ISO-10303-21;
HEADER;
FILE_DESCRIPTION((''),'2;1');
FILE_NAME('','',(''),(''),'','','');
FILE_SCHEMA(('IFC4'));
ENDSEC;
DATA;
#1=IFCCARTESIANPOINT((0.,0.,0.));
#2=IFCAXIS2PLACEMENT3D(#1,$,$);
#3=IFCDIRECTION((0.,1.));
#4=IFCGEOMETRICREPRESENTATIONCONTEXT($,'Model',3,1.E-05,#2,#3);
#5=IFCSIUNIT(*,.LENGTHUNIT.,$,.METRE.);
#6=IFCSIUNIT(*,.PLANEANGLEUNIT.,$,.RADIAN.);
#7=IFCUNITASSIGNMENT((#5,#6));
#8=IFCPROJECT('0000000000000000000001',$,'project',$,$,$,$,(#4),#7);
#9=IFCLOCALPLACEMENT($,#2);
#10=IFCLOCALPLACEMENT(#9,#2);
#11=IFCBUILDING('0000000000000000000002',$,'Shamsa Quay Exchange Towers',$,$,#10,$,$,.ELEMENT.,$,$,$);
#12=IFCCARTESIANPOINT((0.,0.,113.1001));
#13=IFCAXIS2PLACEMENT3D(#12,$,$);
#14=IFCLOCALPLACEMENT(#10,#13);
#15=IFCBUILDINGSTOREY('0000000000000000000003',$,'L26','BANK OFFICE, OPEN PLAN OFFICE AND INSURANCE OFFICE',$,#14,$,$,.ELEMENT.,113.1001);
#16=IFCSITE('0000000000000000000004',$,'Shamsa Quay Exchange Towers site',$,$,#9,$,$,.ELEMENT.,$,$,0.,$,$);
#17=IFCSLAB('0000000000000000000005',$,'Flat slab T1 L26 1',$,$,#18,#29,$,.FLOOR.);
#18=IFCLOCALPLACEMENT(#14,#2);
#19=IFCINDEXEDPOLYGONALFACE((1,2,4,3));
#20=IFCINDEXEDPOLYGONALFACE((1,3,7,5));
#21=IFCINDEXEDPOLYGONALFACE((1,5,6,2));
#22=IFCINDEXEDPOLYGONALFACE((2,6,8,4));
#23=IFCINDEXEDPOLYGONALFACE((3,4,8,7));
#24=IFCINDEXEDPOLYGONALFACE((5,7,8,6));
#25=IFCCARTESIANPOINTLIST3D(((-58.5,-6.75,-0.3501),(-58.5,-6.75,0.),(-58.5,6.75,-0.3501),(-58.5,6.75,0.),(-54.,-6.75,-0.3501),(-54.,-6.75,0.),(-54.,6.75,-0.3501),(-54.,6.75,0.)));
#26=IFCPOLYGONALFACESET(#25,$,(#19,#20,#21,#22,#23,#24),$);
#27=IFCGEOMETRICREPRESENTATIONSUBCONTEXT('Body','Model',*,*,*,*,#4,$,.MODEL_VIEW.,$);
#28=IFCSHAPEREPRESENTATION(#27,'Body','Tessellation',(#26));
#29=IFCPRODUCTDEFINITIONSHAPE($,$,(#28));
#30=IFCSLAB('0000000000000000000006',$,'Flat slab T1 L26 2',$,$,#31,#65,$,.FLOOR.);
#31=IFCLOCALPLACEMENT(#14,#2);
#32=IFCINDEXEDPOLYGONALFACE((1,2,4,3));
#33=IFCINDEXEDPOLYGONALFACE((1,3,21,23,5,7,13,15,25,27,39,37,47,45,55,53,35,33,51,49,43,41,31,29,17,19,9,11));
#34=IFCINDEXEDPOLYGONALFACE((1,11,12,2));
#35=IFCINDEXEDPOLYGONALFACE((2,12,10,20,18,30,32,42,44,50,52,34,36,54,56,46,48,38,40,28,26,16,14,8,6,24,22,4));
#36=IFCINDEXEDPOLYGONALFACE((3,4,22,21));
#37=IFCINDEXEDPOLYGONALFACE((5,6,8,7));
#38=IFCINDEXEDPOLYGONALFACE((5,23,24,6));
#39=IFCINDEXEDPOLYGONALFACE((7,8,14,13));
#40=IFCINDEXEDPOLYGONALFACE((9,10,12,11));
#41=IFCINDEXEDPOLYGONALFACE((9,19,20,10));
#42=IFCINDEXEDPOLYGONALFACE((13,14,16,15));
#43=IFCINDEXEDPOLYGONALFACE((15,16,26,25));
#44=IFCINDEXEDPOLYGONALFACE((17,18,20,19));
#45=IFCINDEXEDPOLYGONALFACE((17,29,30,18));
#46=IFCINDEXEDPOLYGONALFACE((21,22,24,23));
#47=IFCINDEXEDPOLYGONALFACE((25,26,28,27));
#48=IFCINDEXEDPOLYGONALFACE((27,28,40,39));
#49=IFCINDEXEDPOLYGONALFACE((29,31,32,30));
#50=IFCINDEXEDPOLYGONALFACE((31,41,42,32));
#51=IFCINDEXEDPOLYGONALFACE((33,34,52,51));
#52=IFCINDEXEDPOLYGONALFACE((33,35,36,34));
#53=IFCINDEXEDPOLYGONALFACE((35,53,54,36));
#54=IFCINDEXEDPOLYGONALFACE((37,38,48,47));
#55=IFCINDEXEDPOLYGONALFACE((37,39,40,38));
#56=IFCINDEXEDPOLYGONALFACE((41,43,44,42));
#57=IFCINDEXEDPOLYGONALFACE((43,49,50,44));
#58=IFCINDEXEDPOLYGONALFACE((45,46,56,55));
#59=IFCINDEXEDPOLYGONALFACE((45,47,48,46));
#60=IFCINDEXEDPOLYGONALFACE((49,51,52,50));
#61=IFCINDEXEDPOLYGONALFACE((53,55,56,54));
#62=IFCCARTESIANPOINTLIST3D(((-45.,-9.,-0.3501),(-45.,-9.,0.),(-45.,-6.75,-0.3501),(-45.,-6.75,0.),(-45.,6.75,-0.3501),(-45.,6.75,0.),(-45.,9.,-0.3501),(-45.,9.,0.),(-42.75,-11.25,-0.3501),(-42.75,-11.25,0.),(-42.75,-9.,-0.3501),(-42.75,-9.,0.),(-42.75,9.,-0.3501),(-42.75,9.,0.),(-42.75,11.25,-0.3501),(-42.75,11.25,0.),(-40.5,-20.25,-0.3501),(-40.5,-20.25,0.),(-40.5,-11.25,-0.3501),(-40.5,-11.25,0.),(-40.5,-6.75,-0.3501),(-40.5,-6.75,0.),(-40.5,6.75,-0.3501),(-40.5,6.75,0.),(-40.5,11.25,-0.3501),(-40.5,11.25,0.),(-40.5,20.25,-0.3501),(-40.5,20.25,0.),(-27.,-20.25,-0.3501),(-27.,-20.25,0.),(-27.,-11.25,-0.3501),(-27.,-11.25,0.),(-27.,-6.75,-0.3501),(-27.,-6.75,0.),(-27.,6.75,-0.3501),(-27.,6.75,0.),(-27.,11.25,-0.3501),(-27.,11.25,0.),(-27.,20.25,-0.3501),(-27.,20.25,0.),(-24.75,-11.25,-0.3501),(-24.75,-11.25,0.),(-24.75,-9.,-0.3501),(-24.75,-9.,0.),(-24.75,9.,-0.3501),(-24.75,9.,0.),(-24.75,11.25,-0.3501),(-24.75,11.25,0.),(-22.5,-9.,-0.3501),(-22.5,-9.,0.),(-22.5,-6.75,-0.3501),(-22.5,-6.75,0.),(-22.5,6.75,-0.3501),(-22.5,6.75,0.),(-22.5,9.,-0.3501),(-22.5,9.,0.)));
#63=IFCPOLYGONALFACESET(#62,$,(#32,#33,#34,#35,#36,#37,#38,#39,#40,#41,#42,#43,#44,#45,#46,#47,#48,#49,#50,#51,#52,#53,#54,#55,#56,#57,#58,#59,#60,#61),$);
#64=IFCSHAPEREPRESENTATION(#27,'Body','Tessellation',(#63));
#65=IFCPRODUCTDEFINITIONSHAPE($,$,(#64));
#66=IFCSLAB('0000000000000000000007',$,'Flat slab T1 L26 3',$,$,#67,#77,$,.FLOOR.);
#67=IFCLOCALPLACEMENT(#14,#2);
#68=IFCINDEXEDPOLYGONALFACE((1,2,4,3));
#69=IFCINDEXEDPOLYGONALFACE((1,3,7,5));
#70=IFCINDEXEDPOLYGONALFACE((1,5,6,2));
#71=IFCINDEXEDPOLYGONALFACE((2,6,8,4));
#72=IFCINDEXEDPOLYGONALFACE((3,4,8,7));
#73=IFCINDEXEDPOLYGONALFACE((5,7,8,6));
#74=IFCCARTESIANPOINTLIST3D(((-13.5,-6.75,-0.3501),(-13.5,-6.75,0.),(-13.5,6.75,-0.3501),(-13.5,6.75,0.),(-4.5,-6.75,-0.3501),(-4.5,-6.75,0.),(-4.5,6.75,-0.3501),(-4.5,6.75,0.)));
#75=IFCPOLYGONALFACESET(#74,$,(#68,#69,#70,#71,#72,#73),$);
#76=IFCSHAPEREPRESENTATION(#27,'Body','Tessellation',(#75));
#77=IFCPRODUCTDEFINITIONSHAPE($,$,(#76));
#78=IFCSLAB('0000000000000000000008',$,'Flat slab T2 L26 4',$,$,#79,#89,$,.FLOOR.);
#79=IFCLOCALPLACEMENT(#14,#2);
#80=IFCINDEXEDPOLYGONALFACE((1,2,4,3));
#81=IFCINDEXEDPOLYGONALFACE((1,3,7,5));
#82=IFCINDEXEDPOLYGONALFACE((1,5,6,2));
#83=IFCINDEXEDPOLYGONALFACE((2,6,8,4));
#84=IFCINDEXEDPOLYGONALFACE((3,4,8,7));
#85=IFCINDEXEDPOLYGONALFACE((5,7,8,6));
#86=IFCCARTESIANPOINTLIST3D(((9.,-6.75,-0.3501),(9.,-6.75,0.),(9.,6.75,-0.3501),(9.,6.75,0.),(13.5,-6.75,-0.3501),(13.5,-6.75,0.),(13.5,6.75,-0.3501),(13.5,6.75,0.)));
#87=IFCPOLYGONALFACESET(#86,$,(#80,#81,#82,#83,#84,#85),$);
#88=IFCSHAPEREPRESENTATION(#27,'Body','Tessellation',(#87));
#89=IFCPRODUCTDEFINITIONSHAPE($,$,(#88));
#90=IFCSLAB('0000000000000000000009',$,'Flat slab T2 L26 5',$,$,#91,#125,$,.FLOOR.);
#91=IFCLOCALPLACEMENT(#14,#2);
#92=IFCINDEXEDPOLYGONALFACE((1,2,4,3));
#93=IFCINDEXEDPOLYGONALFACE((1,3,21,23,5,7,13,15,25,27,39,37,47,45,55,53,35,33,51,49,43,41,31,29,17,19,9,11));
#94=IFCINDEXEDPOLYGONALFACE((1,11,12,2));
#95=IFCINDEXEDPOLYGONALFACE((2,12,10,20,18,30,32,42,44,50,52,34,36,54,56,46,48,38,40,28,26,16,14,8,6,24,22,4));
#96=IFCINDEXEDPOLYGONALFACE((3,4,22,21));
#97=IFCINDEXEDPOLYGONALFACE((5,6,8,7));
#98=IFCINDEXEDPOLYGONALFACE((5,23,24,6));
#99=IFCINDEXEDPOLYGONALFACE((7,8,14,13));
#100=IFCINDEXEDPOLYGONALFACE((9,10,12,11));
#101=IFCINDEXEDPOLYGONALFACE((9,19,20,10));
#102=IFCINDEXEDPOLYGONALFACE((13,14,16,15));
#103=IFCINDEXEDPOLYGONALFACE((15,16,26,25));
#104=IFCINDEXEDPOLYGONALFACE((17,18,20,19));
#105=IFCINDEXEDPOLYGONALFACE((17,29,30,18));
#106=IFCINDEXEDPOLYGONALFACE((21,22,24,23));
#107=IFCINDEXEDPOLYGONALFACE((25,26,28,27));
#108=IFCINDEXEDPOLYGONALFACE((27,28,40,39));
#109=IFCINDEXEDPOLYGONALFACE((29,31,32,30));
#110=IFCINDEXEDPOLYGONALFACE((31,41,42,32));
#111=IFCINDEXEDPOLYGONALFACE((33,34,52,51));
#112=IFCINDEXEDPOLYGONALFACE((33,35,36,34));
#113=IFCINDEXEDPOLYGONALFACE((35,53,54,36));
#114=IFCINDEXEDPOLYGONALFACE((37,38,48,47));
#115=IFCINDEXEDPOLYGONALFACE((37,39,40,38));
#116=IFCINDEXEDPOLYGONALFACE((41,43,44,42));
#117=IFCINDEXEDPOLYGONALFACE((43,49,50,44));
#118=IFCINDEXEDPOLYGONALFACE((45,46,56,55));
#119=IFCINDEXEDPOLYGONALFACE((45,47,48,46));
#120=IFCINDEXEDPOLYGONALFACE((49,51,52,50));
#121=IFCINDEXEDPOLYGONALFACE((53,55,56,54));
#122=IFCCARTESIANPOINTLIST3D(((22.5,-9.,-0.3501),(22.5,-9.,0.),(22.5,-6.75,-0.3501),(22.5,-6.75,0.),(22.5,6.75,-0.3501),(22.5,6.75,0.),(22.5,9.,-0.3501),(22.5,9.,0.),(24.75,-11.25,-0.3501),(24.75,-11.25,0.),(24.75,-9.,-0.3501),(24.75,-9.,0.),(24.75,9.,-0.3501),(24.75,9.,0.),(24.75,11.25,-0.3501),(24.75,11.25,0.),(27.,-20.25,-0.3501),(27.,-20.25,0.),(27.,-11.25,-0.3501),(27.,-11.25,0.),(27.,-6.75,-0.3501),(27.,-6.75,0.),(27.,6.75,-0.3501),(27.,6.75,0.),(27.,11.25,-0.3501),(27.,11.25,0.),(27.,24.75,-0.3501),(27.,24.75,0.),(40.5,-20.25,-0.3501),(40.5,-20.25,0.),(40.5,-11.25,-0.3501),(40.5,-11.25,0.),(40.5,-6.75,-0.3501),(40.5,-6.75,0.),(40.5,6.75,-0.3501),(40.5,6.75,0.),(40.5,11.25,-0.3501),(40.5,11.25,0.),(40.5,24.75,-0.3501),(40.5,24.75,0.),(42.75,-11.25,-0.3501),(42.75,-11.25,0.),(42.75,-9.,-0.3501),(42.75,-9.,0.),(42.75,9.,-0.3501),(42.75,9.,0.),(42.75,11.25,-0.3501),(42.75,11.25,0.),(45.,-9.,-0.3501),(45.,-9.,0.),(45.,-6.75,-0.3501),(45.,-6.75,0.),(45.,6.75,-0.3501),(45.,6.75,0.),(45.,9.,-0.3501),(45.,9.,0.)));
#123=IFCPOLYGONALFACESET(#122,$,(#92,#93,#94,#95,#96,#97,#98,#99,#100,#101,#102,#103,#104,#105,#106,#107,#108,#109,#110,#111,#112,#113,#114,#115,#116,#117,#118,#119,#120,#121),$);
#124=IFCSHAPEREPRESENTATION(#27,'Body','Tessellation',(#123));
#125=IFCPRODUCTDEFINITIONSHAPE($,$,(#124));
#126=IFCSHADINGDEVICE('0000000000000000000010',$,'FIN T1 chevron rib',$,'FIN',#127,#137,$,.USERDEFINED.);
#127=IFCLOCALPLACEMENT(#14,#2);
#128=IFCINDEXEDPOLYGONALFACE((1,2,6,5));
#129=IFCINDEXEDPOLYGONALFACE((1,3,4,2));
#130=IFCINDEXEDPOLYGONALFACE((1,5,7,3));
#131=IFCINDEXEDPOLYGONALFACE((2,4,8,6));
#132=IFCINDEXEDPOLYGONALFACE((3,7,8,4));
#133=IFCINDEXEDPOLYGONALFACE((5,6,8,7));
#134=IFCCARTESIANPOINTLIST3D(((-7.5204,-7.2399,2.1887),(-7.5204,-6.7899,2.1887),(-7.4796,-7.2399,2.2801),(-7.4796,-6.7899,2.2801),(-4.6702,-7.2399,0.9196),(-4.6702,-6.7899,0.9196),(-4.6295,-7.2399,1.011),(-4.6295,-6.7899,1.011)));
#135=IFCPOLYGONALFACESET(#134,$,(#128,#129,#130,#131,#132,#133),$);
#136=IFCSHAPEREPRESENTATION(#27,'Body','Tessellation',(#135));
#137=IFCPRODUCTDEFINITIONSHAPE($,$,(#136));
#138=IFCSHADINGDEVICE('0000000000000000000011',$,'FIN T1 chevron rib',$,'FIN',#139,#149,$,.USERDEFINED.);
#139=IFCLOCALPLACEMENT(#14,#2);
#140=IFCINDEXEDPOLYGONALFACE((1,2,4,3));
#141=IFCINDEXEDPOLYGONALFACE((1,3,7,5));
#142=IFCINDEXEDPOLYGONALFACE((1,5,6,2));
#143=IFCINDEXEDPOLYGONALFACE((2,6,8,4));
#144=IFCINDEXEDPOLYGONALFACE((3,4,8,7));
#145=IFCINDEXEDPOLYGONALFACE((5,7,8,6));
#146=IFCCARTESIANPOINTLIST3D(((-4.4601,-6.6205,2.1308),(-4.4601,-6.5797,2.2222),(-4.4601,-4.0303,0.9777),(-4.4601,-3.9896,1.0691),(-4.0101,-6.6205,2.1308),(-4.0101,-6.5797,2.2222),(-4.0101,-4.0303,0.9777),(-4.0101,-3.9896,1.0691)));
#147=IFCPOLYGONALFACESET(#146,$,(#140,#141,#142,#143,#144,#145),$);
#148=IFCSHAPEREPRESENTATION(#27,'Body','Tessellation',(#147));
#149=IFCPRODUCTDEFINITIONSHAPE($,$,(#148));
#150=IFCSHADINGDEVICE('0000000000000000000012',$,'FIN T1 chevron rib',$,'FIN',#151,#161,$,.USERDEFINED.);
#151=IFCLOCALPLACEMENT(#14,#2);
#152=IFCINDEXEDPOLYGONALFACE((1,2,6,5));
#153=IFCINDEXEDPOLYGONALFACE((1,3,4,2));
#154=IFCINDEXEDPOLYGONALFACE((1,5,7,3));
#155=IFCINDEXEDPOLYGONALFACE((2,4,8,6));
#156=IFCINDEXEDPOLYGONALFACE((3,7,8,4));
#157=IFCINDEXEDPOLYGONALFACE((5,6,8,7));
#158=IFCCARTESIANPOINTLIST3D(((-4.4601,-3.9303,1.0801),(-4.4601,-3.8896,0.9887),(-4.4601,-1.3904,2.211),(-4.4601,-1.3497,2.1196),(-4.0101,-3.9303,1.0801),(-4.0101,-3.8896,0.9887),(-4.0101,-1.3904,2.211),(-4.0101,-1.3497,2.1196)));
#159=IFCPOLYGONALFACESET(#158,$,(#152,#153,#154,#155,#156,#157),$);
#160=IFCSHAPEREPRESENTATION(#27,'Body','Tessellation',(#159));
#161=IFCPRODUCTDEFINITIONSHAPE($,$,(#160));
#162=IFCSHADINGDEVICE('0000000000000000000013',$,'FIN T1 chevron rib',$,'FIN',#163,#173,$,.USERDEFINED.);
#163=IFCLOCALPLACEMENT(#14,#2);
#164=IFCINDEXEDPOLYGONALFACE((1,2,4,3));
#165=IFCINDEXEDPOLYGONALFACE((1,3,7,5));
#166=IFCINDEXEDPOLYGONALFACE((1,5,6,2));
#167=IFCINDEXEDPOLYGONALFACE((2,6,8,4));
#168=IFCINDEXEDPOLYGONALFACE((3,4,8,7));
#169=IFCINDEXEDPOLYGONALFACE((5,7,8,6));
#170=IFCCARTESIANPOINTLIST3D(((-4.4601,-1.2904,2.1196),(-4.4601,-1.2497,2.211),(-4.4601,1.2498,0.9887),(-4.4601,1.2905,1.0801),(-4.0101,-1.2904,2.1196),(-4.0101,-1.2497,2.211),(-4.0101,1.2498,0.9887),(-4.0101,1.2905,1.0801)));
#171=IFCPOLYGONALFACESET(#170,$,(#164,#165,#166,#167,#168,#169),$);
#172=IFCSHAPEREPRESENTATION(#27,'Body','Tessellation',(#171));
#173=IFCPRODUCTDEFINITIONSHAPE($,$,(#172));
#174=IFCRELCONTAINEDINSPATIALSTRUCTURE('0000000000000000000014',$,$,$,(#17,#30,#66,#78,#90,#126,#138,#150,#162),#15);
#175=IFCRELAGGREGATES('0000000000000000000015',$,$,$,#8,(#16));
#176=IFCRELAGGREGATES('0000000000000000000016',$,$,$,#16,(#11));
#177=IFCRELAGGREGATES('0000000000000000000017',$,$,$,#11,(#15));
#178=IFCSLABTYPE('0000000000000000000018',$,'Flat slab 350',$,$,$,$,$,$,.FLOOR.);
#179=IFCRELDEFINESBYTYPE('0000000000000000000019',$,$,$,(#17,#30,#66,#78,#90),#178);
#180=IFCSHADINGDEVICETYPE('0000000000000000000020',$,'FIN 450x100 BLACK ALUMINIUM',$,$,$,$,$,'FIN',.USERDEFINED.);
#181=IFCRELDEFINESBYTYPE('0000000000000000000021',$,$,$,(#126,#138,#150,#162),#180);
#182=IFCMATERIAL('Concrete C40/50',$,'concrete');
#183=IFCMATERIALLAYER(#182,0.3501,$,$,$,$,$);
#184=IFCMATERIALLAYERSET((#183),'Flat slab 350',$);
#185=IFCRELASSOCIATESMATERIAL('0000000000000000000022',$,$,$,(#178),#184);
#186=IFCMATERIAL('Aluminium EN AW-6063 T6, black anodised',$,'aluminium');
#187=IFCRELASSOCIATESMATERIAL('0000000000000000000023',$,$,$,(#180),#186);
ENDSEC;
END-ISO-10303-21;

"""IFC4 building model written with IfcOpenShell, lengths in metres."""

from ifc_helpers import new_model, si_unit, direction, frame, origin, origin_2d, place, context, subcontext, project, spatial, polyline, rectangle, outline, extrude, material, layer, layer_set, material_profile, profile_set, type_object, element, save


model = new_model("IFC4")

# Units and contexts
model_context = context("Model", 3, precision=1e-05, world=origin(), true_north=direction((0.0, 1.0)))
body_context = subcontext(model_context, "Body", "Model", "MODEL_VIEW")
ifc_project = project(units=[si_unit("LENGTHUNIT", "METRE"), si_unit("PLANEANGLEUNIT", "RADIAN")], contexts=[model_context])

# Site, building, storey
site_placement = place(None, origin())
site = spatial("IfcSite", under=ifc_project, at=site_placement, Name="Shamsa Quay Exchange Towers site", CompositionType="ELEMENT", RefElevation=0.0)
building_placement = place(site_placement, origin())
building = spatial("IfcBuilding", under=site, at=building_placement, Name="Shamsa Quay Exchange Towers", CompositionType="ELEMENT")
storey_placement = place(building_placement, frame((0.0, 0.0, 113.1001)))
storey = spatial("IfcBuildingStorey", under=building, at=storey_placement, Name="L26", Description="BANK OFFICE, OPEN PLAN OFFICE AND INSURANCE OFFICE", CompositionType="ELEMENT", Elevation=113.1001)

# Shared definitions
ifc_material_1 = material(Name="Aluminium EN AW-6063 T6, black anodised", Category="aluminium")

# Slabs
ifc_material_2 = material(Name="Concrete C40/50", Category="concrete")
ifc_layer_1 = layer(ifc_material_2, 0.3501)
ifc_layer_set_1 = layer_set([ifc_layer_1], Name="Flat slab 350")
slab_type = type_object("IfcSlabType", Name="Flat slab 350", PredefinedType="FLOOR", material=ifc_layer_set_1)
slab_1_placement = place(storey_placement, frame((0.0, 0.0, -0.3501)))
element("IfcSlab", 1, at=slab_1_placement, inside=storey, type_object=slab_type, Name="Flat slab T1 L26 1", PredefinedType="FLOOR", context=body_context, shape_type="SweptSolid", body=[
    extrude(outline(polyline([(-58.5, -6.75), (-54.0, -6.75), (-54.0, 6.75), (-58.5, 6.75), (-58.5, -6.75)])), origin(), (0.0, 0.0, 1.0), 0.3501),
])
slab_2_placement = place(storey_placement, frame((0.0, 0.0, -0.3501)))
element("IfcSlab", 2, at=slab_2_placement, inside=storey, type_object=slab_type, Name="Flat slab T1 L26 2", PredefinedType="FLOOR", context=body_context, shape_type="SweptSolid", body=[
    extrude(outline(polyline([(-22.5, -9.0), (-22.5, -6.75), (-27.0, -6.75), (-27.0, 6.75), (-22.5, 6.75), (-22.5, 9.0), (-24.75, 9.0), (-24.75, 11.25), (-27.0, 11.25), (-27.0, 20.25), (-40.5, 20.25), (-40.5, 11.25), (-42.75, 11.25), (-42.75, 9.0), (-45.0, 9.0), (-45.0, 6.75), (-40.5, 6.75), (-40.5, -6.75), (-45.0, -6.75), (-45.0, -9.0), (-42.75, -9.0), (-42.75, -11.25), (-40.5, -11.25), (-40.5, -20.25), (-27.0, -20.25), (-27.0, -11.25), (-24.75, -11.25), (-24.75, -9.0), (-22.5, -9.0)])), origin(), (0.0, 0.0, 1.0), 0.3501),
])
slab_3_placement = place(storey_placement, frame((0.0, 0.0, -0.3501)))
element("IfcSlab", 3, at=slab_3_placement, inside=storey, type_object=slab_type, Name="Flat slab T1 L26 3", PredefinedType="FLOOR", context=body_context, shape_type="SweptSolid", body=[
    extrude(outline(polyline([(-4.5, 6.75), (-13.5, 6.75), (-13.5, -6.75), (-4.5, -6.75), (-4.5, 6.75)])), origin(), (0.0, 0.0, 1.0), 0.3501),
])
slab_4_placement = place(storey_placement, frame((0.0, 0.0, -0.3501)))
element("IfcSlab", 4, at=slab_4_placement, inside=storey, type_object=slab_type, Name="Flat slab T2 L26 4", PredefinedType="FLOOR", context=body_context, shape_type="SweptSolid", body=[
    extrude(outline(polyline([(9.0, -6.75), (13.5, -6.75), (13.5, 6.75), (9.0, 6.75), (9.0, -6.75)])), origin(), (0.0, 0.0, 1.0), 0.3501),
])
slab_5_placement = place(storey_placement, frame((0.0, 0.0, -0.3501)))
element("IfcSlab", 5, at=slab_5_placement, inside=storey, type_object=slab_type, Name="Flat slab T2 L26 5", PredefinedType="FLOOR", context=body_context, shape_type="SweptSolid", body=[
    extrude(outline(polyline([(45.0, -9.0), (45.0, -6.75), (40.5, -6.75), (40.5, 6.75), (45.0, 6.75), (45.0, 9.0), (42.75, 9.0), (42.75, 11.25), (40.5, 11.25), (40.5, 24.75), (27.0, 24.75), (27.0, 11.25), (24.75, 11.25), (24.75, 9.0), (22.5, 9.0), (22.5, 6.75), (27.0, 6.75), (27.0, -6.75), (22.5, -6.75), (22.5, -9.0), (24.75, -9.0), (24.75, -11.25), (27.0, -11.25), (27.0, -20.25), (40.5, -20.25), (40.5, -11.25), (42.75, -11.25), (42.75, -9.0), (45.0, -9.0)])), origin(), (0.0, 0.0, 1.0), 0.3501),
])

# Shading devices
ifc_material_profile_1 = material_profile(ifc_material_1, rectangle(XDim=0.45, YDim=0.1001, at=origin_2d()), Name="FIN450x100")
ifc_profile_set_1 = profile_set([ifc_material_profile_1], Name="Aluminium EN AW-6063 T6, black anodised")
shading_device_type = type_object("IfcShadingDeviceType", Name="FIN 450x100 BLACK ALUMINIUM", ElementType="FIN", PredefinedType="USERDEFINED", material=ifc_profile_set_1)
shading_device_1_placement = place(storey_placement, frame((-7.5, -7.0149, 2.2344), z_axis=(0.913534, 0.0, -0.406763), x_axis=(0.0, 1.0, 0.0)))
element("IfcShadingDevice", 6, at=shading_device_1_placement, inside=storey, type_object=shading_device_type, Name="FIN T1 chevron rib", ObjectType="FIN", PredefinedType="USERDEFINED", context=body_context, shape_type="SweptSolid", body=[
    extrude(rectangle(XDim=0.45, YDim=0.1001, at=origin_2d()), origin(), (0.0, 0.0, 1.0), 3.1199),
])
shading_device_2_placement = place(storey_placement, frame((-4.2351, -6.6001, 2.1765), z_axis=(0.0, 0.913559, -0.406706), x_axis=(-1.0, 0.0, 0.0)))
element("IfcShadingDevice", 7, at=shading_device_2_placement, inside=storey, type_object=shading_device_type, Name="FIN T1 chevron rib", ObjectType="FIN", PredefinedType="USERDEFINED", context=body_context, shape_type="SweptSolid", body=[
    extrude(rectangle(XDim=0.45, YDim=0.1001, at=origin_2d()), origin(), (0.0, 0.0, 1.0), 2.8352),
])
shading_device_3_placement = place(storey_placement, frame((-4.2351, -3.9099, 1.0344), z_axis=(0.0, 0.913536, 0.406758), x_axis=(-1.0, 0.0, 0.0)))
element("IfcShadingDevice", 8, at=shading_device_3_placement, inside=storey, type_object=shading_device_type, Name="FIN T1 chevron rib", ObjectType="FIN", PredefinedType="USERDEFINED", context=body_context, shape_type="SweptSolid", body=[
    extrude(rectangle(XDim=0.45, YDim=0.1001, at=origin_2d()), origin(), (0.0, 0.0, 1.0), 2.7803),
])
shading_device_4_placement = place(storey_placement, frame((-4.2351, -1.27, 2.1653), z_axis=(0.0, 0.913551, -0.406725), x_axis=(-1.0, 0.0, 0.0)))
element("IfcShadingDevice", 9, at=shading_device_4_placement, inside=storey, type_object=shading_device_type, Name="FIN T1 chevron rib", ObjectType="FIN", PredefinedType="USERDEFINED", context=body_context, shape_type="SweptSolid", body=[
    extrude(rectangle(XDim=0.45, YDim=0.1001, at=origin_2d()), origin(), (0.0, 0.0, 1.0), 2.7805),
])

save(model, "model.ifc")
